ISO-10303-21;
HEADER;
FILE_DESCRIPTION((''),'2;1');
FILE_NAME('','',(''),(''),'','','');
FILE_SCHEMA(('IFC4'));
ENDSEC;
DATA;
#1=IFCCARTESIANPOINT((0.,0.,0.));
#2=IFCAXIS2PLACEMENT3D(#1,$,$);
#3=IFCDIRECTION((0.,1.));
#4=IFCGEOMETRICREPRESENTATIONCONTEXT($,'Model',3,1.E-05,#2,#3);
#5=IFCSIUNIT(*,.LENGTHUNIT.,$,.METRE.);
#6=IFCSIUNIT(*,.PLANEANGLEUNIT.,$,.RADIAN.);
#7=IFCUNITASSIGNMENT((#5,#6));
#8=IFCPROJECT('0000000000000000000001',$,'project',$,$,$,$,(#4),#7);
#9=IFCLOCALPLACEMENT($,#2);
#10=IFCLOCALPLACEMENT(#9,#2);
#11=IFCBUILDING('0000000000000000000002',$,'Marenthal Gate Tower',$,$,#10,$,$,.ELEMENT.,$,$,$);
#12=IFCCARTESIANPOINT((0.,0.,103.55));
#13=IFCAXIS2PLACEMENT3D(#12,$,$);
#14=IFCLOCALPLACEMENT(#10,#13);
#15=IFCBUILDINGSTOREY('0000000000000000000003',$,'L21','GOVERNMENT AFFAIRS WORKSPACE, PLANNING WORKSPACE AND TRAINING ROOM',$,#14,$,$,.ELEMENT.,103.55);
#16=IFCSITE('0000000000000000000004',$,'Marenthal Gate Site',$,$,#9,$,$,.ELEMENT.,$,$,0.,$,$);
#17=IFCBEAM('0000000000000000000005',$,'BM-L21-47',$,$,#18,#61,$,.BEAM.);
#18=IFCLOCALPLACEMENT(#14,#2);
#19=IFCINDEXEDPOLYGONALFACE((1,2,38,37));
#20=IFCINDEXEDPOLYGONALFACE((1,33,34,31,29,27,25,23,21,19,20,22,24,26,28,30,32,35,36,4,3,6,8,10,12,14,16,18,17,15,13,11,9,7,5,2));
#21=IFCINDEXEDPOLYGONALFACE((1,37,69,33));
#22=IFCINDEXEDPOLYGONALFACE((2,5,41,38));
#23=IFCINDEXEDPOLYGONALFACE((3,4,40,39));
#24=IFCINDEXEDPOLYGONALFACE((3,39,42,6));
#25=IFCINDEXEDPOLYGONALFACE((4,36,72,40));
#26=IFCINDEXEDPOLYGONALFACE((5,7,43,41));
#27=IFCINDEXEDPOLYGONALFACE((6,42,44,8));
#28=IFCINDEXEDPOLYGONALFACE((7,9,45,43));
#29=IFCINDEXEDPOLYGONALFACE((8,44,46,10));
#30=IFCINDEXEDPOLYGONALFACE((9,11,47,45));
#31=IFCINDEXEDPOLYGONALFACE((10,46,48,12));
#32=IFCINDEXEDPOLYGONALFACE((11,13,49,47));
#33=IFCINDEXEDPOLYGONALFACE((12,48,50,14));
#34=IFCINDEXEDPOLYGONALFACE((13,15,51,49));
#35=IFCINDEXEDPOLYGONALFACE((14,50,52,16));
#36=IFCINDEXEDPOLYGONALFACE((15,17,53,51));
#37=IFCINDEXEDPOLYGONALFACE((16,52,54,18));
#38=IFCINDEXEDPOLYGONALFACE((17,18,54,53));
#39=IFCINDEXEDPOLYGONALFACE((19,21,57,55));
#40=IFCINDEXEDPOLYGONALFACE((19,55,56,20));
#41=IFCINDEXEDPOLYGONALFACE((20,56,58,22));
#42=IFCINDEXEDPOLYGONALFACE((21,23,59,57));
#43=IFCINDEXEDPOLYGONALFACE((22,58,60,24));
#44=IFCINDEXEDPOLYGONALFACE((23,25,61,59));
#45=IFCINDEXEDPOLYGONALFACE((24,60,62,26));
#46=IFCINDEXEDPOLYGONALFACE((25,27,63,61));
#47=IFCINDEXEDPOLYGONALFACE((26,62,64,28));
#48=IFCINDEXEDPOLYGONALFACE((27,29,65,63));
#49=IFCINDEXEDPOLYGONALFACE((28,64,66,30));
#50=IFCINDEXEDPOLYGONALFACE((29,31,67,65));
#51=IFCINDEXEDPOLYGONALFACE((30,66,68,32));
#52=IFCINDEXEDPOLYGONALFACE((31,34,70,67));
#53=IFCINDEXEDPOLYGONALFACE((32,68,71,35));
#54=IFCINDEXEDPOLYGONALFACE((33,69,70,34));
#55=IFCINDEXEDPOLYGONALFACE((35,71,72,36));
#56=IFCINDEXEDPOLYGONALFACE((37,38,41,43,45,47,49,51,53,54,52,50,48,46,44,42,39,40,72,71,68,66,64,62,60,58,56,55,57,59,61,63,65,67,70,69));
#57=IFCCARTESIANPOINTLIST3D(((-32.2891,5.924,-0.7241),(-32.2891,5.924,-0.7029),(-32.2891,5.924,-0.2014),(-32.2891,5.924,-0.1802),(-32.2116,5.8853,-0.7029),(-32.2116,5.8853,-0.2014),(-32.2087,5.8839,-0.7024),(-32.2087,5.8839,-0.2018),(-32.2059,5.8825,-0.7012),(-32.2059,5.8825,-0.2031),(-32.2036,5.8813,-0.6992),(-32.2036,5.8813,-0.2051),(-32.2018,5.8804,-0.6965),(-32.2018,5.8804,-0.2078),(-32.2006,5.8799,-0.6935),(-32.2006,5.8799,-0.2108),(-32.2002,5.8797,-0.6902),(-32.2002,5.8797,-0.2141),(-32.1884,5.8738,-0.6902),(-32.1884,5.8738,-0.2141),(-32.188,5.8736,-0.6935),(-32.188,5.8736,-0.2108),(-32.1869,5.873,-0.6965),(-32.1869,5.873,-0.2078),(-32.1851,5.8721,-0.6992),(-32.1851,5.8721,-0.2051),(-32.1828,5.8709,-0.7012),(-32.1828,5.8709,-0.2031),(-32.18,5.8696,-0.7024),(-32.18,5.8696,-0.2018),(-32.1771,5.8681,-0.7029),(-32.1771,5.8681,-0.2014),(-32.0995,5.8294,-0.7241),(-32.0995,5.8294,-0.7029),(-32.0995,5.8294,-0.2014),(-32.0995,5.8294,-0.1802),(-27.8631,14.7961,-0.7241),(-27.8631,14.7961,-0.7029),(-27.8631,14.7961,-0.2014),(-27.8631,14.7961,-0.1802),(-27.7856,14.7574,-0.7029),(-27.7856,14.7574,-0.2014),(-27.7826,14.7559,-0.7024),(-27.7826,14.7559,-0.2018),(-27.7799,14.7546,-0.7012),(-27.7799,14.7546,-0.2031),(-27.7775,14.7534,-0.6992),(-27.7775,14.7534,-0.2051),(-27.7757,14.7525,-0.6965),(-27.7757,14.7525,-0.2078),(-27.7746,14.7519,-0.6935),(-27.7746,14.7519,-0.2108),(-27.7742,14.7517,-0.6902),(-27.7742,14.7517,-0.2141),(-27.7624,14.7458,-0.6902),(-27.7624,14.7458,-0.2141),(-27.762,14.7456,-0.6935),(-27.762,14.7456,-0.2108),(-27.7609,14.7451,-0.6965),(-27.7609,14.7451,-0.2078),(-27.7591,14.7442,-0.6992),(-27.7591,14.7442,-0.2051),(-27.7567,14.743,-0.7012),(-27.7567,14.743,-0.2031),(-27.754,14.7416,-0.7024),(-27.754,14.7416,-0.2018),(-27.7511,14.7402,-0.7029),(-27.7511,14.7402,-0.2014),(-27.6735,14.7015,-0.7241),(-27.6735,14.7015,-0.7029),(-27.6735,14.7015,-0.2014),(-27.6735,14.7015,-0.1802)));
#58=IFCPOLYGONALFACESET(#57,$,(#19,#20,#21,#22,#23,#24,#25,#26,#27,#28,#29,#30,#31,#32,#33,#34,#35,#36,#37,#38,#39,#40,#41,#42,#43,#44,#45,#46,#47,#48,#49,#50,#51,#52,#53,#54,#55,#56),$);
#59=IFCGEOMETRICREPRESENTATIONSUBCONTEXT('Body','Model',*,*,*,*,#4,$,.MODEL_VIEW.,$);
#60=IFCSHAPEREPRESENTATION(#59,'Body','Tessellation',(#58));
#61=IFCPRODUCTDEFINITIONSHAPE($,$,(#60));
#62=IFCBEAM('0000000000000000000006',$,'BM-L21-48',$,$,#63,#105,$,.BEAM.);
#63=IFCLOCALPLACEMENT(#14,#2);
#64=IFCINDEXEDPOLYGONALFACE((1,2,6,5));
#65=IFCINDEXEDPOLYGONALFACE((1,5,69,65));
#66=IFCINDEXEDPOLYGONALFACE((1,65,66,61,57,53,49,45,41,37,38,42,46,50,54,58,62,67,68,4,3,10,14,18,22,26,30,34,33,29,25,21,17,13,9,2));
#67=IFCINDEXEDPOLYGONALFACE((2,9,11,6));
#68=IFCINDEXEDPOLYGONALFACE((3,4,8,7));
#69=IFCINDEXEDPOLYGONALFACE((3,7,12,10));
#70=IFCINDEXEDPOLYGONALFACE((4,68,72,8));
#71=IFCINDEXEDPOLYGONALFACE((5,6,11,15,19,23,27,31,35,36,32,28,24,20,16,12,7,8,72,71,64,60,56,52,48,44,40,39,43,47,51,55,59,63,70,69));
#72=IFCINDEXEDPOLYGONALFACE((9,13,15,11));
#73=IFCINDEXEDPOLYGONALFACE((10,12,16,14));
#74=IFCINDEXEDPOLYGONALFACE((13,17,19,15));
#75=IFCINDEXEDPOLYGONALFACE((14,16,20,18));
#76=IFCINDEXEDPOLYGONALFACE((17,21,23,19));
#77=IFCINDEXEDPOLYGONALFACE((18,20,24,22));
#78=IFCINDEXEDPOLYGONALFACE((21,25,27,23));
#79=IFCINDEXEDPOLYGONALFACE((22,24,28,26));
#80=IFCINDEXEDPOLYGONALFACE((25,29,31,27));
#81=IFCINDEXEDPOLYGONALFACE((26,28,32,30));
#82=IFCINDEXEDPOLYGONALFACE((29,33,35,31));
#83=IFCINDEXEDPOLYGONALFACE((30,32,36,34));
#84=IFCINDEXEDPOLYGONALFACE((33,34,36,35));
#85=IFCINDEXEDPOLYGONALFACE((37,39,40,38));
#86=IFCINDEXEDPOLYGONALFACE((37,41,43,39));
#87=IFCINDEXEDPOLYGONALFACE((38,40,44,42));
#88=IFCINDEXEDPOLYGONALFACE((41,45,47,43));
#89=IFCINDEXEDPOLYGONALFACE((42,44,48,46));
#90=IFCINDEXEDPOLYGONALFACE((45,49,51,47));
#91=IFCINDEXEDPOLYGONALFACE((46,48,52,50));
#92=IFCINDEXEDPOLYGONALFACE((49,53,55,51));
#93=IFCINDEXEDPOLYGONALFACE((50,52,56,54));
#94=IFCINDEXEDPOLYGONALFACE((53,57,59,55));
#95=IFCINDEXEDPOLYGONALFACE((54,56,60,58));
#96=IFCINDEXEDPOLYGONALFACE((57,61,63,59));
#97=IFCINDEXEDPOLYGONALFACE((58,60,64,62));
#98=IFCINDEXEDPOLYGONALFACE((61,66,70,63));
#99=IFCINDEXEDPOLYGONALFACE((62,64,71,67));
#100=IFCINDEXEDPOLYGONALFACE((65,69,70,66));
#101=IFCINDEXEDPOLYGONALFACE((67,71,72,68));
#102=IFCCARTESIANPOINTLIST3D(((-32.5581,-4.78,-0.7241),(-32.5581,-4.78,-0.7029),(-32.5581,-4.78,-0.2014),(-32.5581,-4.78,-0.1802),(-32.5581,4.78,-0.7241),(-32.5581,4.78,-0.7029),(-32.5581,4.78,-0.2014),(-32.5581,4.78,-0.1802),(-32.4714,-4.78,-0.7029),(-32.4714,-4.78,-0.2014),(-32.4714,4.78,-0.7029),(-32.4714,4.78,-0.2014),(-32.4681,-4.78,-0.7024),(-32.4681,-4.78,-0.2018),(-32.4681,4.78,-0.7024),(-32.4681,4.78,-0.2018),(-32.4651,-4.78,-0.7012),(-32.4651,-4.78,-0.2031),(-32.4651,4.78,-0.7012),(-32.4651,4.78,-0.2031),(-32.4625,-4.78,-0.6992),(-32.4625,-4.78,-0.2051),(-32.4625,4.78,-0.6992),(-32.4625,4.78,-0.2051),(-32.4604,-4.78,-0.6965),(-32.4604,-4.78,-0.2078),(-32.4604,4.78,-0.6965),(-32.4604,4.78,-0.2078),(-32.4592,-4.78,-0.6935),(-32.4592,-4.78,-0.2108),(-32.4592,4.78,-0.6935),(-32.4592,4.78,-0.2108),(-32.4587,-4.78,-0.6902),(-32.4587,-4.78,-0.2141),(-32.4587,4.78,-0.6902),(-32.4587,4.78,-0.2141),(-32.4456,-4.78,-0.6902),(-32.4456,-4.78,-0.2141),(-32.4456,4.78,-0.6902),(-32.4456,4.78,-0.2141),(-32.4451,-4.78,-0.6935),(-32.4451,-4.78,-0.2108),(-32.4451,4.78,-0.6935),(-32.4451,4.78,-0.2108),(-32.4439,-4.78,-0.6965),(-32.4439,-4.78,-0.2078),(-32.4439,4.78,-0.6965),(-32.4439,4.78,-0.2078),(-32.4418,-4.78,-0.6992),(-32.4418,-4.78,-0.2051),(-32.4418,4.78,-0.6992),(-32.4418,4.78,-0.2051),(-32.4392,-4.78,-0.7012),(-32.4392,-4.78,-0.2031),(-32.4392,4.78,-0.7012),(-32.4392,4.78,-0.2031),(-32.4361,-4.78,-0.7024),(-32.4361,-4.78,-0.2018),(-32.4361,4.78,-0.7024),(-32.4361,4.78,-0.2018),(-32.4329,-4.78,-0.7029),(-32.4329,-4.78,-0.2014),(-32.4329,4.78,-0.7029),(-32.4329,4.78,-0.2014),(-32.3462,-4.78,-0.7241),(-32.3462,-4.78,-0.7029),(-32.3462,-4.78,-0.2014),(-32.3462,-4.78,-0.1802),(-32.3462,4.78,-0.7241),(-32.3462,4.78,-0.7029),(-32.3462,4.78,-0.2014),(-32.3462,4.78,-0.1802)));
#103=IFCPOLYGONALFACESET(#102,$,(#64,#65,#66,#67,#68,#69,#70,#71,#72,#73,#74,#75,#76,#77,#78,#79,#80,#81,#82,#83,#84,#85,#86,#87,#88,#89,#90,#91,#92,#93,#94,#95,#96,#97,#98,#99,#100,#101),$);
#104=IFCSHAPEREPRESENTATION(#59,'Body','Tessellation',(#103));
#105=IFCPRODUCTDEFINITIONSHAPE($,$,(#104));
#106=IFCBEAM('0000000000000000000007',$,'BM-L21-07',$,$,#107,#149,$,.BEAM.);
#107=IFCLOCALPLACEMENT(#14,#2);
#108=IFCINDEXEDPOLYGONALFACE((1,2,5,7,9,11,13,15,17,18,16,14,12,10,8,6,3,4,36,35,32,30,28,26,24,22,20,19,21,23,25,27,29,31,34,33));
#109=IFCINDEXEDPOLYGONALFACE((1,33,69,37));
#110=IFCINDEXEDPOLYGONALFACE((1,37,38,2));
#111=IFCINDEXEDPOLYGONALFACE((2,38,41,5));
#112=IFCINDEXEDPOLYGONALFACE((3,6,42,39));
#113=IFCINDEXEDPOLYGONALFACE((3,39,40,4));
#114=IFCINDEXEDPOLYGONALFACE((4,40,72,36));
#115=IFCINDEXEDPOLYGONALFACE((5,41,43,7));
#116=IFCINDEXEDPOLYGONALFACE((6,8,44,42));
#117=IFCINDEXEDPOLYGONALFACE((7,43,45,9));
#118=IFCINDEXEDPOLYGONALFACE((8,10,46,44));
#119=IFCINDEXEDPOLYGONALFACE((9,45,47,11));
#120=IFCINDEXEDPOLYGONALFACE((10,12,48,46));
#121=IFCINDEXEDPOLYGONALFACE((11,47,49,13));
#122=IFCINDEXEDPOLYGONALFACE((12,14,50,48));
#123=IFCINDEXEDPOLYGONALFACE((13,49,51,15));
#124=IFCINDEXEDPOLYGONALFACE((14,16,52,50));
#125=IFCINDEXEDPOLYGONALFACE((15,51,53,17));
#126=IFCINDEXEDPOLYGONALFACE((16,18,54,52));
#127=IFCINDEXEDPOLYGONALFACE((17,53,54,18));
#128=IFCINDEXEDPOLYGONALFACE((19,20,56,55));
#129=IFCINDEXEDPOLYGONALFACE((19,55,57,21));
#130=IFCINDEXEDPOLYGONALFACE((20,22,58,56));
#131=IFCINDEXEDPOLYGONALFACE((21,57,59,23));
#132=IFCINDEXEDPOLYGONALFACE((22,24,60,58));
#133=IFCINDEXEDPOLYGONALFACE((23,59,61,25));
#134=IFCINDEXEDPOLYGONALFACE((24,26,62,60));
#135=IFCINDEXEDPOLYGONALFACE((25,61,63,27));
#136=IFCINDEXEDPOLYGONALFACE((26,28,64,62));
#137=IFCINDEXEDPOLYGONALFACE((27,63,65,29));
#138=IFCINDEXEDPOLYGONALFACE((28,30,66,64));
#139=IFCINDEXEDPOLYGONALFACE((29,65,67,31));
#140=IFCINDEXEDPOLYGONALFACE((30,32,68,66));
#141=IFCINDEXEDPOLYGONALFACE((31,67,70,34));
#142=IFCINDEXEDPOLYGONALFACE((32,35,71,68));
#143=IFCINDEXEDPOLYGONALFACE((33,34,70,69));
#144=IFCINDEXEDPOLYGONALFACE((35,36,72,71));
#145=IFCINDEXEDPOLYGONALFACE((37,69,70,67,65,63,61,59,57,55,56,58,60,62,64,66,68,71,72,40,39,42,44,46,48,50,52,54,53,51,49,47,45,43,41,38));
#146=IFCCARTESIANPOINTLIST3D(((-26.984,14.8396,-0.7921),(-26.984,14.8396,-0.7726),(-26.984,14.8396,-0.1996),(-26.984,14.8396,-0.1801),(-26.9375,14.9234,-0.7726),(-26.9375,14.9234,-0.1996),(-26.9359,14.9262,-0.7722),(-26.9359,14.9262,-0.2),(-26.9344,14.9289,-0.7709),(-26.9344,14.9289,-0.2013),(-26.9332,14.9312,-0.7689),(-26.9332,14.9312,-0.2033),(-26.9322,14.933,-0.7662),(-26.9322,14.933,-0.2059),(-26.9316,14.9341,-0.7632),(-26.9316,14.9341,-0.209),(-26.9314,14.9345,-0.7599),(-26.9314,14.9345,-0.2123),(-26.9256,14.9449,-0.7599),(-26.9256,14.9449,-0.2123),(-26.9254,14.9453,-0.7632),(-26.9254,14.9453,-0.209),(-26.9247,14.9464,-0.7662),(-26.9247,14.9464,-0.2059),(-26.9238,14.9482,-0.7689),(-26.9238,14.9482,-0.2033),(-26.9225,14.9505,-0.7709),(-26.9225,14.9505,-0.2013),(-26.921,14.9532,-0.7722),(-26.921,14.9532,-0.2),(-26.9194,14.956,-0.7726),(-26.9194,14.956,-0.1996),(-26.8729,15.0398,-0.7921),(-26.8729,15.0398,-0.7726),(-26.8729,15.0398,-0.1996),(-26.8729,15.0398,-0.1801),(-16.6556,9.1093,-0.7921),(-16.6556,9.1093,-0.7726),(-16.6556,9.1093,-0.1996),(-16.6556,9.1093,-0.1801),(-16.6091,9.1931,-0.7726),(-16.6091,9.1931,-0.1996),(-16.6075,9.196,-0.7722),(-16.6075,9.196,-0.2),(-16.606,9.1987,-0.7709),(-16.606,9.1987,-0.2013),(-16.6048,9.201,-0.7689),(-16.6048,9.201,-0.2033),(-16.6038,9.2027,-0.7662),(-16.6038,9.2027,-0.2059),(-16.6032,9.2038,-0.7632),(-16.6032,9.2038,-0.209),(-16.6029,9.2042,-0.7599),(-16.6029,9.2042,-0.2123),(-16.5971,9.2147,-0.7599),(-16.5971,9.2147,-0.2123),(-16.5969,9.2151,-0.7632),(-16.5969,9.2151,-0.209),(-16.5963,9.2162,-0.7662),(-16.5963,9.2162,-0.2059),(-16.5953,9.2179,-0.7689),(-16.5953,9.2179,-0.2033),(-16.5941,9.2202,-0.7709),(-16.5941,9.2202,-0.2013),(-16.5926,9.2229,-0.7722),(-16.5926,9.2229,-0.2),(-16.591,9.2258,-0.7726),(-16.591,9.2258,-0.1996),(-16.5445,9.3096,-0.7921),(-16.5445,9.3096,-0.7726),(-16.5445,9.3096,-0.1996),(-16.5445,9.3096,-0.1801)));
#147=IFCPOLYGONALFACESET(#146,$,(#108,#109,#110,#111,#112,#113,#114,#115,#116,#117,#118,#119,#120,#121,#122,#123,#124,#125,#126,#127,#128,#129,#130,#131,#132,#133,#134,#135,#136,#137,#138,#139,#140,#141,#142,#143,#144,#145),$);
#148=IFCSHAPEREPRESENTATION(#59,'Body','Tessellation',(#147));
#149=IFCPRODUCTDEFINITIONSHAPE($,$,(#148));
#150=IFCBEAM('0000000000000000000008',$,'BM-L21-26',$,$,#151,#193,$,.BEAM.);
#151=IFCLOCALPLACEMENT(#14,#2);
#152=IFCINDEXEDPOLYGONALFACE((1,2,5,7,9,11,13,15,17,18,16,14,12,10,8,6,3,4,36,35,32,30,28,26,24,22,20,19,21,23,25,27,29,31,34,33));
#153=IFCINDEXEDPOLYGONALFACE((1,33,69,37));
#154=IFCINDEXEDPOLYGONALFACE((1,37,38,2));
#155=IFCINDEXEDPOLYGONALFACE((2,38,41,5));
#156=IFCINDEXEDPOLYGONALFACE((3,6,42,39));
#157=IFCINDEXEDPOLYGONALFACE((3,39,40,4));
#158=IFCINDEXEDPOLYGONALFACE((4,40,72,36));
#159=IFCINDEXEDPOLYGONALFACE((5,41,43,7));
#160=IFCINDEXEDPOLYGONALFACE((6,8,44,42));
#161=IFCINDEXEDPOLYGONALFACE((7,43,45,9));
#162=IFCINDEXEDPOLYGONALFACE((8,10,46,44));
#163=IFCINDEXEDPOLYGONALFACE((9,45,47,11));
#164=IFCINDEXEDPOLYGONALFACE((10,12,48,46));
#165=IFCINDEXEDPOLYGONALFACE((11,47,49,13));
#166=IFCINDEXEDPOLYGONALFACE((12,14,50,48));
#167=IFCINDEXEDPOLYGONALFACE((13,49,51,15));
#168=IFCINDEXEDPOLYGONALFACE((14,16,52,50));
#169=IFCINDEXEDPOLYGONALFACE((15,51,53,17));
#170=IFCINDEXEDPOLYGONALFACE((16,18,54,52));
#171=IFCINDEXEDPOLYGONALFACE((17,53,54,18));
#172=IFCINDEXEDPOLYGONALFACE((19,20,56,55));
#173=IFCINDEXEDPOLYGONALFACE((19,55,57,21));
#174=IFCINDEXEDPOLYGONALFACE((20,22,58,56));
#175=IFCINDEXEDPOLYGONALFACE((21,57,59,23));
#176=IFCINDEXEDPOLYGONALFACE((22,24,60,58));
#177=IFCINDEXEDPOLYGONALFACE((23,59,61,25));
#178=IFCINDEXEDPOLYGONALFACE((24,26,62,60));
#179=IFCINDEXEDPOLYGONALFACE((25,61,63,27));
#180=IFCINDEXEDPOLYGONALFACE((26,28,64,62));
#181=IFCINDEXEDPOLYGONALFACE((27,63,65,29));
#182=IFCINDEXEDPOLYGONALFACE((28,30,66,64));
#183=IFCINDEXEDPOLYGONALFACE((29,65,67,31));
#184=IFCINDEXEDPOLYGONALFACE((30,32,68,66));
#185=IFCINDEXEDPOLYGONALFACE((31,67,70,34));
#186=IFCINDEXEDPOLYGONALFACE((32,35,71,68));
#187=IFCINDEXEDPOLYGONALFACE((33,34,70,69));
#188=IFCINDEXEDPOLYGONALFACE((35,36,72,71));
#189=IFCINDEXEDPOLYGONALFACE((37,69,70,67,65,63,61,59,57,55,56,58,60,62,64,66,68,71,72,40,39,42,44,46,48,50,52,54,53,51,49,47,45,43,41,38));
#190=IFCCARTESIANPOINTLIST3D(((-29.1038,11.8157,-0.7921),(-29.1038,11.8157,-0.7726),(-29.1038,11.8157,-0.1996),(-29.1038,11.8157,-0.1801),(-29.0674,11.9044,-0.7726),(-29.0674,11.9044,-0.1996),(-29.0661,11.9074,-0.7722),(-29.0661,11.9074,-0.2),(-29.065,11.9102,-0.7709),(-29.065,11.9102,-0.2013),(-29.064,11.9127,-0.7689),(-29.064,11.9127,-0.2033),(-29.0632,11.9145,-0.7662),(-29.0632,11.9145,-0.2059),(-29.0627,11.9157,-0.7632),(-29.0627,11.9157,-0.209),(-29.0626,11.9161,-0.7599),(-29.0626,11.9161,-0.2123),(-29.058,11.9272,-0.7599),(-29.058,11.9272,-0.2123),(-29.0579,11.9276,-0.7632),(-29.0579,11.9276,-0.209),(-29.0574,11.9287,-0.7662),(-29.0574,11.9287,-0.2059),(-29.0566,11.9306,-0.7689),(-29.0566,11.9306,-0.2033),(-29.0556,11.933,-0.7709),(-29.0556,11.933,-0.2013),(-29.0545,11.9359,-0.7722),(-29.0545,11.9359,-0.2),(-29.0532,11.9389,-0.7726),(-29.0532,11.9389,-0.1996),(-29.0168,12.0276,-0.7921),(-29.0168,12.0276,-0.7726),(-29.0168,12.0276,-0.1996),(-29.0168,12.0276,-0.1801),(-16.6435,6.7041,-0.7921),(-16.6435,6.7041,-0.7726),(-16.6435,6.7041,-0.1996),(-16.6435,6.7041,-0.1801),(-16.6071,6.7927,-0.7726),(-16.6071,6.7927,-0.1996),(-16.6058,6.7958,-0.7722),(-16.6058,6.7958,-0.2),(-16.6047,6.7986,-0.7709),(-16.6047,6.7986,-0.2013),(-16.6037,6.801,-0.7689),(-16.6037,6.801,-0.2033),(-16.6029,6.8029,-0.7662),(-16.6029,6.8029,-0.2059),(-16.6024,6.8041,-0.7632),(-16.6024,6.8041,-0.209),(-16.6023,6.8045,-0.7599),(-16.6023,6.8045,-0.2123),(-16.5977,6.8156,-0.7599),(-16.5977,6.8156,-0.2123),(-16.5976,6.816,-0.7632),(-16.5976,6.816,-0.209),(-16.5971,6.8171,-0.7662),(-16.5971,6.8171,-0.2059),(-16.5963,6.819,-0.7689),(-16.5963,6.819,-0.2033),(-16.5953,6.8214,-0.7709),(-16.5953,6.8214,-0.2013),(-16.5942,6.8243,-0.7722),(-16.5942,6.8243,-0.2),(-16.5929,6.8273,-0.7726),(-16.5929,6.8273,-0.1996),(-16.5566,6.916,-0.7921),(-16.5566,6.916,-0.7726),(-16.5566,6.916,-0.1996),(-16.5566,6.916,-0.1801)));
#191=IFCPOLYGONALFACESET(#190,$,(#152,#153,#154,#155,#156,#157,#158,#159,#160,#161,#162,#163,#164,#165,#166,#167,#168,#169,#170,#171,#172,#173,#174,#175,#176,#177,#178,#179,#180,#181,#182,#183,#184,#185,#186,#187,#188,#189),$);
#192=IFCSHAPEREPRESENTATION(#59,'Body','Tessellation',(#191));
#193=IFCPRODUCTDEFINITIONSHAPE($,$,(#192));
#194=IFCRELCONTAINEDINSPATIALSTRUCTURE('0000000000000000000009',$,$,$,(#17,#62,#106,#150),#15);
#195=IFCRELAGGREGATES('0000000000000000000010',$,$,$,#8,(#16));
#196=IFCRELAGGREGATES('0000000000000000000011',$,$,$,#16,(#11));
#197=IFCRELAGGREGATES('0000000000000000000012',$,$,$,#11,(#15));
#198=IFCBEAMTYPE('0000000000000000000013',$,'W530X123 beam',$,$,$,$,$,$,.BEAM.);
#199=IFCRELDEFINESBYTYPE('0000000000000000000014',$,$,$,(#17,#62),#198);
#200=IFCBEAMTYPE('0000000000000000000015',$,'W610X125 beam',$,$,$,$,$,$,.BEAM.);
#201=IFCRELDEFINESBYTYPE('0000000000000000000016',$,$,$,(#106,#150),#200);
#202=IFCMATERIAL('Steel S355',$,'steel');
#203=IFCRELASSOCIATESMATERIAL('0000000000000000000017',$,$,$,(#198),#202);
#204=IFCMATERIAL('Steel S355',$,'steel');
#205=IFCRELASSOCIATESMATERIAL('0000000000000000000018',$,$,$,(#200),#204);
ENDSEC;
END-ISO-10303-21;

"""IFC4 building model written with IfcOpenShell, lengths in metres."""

from ifc_helpers import new_model, si_unit, direction, frame, origin, origin_2d, place, context, subcontext, project, spatial, i_section, extrude, material, material_profile, profile_set, type_object, element, save


model = new_model("IFC4")

# Units and contexts
model_context = context("Model", 3, precision=1e-05, world=origin(), true_north=direction((0.0, 1.0)))
body_context = subcontext(model_context, "Body", "Model", "MODEL_VIEW")
ifc_project = project(units=[si_unit("LENGTHUNIT", "METRE"), si_unit("PLANEANGLEUNIT", "RADIAN")], contexts=[model_context])

# Site, building, storey
site_placement = place(None, origin())
site = spatial("IfcSite", under=ifc_project, at=site_placement, Name="Marenthal Gate Site", CompositionType="ELEMENT", RefElevation=0.0)
building_placement = place(site_placement, origin())
building = spatial("IfcBuilding", under=site, at=building_placement, Name="Marenthal Gate Tower", CompositionType="ELEMENT")
storey_placement = place(building_placement, frame((0.0, 0.0, 103.55)))
storey = spatial("IfcBuildingStorey", under=building, at=storey_placement, Name="L21", Description="GOVERNMENT AFFAIRS WORKSPACE, PLANNING WORKSPACE AND TRAINING ROOM", CompositionType="ELEMENT", Elevation=103.55)

# Beams
ifc_material_1 = material(Name="Steel S355", Category="steel")
ifc_material_profile_1 = material_profile(ifc_material_1, i_section(OverallWidth=0.2119, OverallDepth=0.5439, WebThickness=0.0132, FlangeThickness=0.0212, FilletRadius=0.0127, at=origin_2d()), Name="W530X123")
ifc_profile_set_1 = profile_set([ifc_material_profile_1], Name="Steel S355")
beam_type_1 = type_object("IfcBeamType", Name="W530X123 beam", PredefinedType="BEAM", material=ifc_profile_set_1)
beam_1_placement = place(storey_placement, frame((-27.7683, 14.7488, -0.4521), z_axis=(-0.446406, -0.894831, 0.0), x_axis=(0.894831, -0.446406, 0.0)))
element("IfcBeam", 1, at=beam_1_placement, inside=storey, type_object=beam_type_1, Name="BM-L21-47", PredefinedType="BEAM", context=body_context, shape_type="SweptSolid", body=[
    extrude(i_section(OverallWidth=0.2119, OverallDepth=0.5439, WebThickness=0.0132, FlangeThickness=0.0212, FilletRadius=0.0127, at=origin_2d()), origin(), (0.0, 0.0, 1.0), 9.9148),
])
beam_2_placement = place(storey_placement, frame((-32.4521, 4.78, -0.4521), z_axis=(0.0, -1.0, 0.0), x_axis=(1.0, 0.0, 0.0)))
element("IfcBeam", 2, at=beam_2_placement, inside=storey, type_object=beam_type_1, Name="BM-L21-48", PredefinedType="BEAM", context=body_context, shape_type="SweptSolid", body=[
    extrude(i_section(OverallWidth=0.2119, OverallDepth=0.5439, WebThickness=0.0132, FlangeThickness=0.0212, FilletRadius=0.0127, at=origin_2d()), origin(), (0.0, 0.0, 1.0), 9.5601),
])
ifc_material_2 = material(Name="Steel S355", Category="steel")
ifc_material_profile_2 = material_profile(ifc_material_2, i_section(OverallWidth=0.229, OverallDepth=0.6121, WebThickness=0.012, FlangeThickness=0.0195, FilletRadius=0.0127, at=origin_2d()), Name="W610X125")
ifc_profile_set_2 = profile_set([ifc_material_profile_2], Name="Steel S355")
beam_type_2 = type_object("IfcBeamType", Name="W610X125 beam", PredefinedType="BEAM", material=ifc_profile_set_2)
beam_3_placement = place(storey_placement, frame((-26.9285, 14.9397, -0.4861), z_axis=(0.874436, -0.485141, 0.0), x_axis=(0.485141, 0.874436, 0.0)))
element("IfcBeam", 3, at=beam_3_placement, inside=storey, type_object=beam_type_2, Name="BM-L21-07", PredefinedType="BEAM", context=body_context, shape_type="SweptSolid", body=[
    extrude(i_section(OverallWidth=0.229, OverallDepth=0.6121, WebThickness=0.012, FlangeThickness=0.0195, FilletRadius=0.0127, at=origin_2d()), origin(), (0.0, 0.0, 1.0), 11.8115),
])
beam_4_placement = place(storey_placement, frame((-29.0603, 11.9216, -0.4861), z_axis=(0.925177, -0.379537, 0.0), x_axis=(0.379537, 0.925177, 0.0)))
element("IfcBeam", 4, at=beam_4_placement, inside=storey, type_object=beam_type_2, Name="BM-L21-26", PredefinedType="BEAM", context=body_context, shape_type="SweptSolid", body=[
    extrude(i_section(OverallWidth=0.229, OverallDepth=0.6121, WebThickness=0.012, FlangeThickness=0.0195, FilletRadius=0.0127, at=origin_2d()), origin(), (0.0, 0.0, 1.0), 13.468),
])

save(model, "model.ifc")
